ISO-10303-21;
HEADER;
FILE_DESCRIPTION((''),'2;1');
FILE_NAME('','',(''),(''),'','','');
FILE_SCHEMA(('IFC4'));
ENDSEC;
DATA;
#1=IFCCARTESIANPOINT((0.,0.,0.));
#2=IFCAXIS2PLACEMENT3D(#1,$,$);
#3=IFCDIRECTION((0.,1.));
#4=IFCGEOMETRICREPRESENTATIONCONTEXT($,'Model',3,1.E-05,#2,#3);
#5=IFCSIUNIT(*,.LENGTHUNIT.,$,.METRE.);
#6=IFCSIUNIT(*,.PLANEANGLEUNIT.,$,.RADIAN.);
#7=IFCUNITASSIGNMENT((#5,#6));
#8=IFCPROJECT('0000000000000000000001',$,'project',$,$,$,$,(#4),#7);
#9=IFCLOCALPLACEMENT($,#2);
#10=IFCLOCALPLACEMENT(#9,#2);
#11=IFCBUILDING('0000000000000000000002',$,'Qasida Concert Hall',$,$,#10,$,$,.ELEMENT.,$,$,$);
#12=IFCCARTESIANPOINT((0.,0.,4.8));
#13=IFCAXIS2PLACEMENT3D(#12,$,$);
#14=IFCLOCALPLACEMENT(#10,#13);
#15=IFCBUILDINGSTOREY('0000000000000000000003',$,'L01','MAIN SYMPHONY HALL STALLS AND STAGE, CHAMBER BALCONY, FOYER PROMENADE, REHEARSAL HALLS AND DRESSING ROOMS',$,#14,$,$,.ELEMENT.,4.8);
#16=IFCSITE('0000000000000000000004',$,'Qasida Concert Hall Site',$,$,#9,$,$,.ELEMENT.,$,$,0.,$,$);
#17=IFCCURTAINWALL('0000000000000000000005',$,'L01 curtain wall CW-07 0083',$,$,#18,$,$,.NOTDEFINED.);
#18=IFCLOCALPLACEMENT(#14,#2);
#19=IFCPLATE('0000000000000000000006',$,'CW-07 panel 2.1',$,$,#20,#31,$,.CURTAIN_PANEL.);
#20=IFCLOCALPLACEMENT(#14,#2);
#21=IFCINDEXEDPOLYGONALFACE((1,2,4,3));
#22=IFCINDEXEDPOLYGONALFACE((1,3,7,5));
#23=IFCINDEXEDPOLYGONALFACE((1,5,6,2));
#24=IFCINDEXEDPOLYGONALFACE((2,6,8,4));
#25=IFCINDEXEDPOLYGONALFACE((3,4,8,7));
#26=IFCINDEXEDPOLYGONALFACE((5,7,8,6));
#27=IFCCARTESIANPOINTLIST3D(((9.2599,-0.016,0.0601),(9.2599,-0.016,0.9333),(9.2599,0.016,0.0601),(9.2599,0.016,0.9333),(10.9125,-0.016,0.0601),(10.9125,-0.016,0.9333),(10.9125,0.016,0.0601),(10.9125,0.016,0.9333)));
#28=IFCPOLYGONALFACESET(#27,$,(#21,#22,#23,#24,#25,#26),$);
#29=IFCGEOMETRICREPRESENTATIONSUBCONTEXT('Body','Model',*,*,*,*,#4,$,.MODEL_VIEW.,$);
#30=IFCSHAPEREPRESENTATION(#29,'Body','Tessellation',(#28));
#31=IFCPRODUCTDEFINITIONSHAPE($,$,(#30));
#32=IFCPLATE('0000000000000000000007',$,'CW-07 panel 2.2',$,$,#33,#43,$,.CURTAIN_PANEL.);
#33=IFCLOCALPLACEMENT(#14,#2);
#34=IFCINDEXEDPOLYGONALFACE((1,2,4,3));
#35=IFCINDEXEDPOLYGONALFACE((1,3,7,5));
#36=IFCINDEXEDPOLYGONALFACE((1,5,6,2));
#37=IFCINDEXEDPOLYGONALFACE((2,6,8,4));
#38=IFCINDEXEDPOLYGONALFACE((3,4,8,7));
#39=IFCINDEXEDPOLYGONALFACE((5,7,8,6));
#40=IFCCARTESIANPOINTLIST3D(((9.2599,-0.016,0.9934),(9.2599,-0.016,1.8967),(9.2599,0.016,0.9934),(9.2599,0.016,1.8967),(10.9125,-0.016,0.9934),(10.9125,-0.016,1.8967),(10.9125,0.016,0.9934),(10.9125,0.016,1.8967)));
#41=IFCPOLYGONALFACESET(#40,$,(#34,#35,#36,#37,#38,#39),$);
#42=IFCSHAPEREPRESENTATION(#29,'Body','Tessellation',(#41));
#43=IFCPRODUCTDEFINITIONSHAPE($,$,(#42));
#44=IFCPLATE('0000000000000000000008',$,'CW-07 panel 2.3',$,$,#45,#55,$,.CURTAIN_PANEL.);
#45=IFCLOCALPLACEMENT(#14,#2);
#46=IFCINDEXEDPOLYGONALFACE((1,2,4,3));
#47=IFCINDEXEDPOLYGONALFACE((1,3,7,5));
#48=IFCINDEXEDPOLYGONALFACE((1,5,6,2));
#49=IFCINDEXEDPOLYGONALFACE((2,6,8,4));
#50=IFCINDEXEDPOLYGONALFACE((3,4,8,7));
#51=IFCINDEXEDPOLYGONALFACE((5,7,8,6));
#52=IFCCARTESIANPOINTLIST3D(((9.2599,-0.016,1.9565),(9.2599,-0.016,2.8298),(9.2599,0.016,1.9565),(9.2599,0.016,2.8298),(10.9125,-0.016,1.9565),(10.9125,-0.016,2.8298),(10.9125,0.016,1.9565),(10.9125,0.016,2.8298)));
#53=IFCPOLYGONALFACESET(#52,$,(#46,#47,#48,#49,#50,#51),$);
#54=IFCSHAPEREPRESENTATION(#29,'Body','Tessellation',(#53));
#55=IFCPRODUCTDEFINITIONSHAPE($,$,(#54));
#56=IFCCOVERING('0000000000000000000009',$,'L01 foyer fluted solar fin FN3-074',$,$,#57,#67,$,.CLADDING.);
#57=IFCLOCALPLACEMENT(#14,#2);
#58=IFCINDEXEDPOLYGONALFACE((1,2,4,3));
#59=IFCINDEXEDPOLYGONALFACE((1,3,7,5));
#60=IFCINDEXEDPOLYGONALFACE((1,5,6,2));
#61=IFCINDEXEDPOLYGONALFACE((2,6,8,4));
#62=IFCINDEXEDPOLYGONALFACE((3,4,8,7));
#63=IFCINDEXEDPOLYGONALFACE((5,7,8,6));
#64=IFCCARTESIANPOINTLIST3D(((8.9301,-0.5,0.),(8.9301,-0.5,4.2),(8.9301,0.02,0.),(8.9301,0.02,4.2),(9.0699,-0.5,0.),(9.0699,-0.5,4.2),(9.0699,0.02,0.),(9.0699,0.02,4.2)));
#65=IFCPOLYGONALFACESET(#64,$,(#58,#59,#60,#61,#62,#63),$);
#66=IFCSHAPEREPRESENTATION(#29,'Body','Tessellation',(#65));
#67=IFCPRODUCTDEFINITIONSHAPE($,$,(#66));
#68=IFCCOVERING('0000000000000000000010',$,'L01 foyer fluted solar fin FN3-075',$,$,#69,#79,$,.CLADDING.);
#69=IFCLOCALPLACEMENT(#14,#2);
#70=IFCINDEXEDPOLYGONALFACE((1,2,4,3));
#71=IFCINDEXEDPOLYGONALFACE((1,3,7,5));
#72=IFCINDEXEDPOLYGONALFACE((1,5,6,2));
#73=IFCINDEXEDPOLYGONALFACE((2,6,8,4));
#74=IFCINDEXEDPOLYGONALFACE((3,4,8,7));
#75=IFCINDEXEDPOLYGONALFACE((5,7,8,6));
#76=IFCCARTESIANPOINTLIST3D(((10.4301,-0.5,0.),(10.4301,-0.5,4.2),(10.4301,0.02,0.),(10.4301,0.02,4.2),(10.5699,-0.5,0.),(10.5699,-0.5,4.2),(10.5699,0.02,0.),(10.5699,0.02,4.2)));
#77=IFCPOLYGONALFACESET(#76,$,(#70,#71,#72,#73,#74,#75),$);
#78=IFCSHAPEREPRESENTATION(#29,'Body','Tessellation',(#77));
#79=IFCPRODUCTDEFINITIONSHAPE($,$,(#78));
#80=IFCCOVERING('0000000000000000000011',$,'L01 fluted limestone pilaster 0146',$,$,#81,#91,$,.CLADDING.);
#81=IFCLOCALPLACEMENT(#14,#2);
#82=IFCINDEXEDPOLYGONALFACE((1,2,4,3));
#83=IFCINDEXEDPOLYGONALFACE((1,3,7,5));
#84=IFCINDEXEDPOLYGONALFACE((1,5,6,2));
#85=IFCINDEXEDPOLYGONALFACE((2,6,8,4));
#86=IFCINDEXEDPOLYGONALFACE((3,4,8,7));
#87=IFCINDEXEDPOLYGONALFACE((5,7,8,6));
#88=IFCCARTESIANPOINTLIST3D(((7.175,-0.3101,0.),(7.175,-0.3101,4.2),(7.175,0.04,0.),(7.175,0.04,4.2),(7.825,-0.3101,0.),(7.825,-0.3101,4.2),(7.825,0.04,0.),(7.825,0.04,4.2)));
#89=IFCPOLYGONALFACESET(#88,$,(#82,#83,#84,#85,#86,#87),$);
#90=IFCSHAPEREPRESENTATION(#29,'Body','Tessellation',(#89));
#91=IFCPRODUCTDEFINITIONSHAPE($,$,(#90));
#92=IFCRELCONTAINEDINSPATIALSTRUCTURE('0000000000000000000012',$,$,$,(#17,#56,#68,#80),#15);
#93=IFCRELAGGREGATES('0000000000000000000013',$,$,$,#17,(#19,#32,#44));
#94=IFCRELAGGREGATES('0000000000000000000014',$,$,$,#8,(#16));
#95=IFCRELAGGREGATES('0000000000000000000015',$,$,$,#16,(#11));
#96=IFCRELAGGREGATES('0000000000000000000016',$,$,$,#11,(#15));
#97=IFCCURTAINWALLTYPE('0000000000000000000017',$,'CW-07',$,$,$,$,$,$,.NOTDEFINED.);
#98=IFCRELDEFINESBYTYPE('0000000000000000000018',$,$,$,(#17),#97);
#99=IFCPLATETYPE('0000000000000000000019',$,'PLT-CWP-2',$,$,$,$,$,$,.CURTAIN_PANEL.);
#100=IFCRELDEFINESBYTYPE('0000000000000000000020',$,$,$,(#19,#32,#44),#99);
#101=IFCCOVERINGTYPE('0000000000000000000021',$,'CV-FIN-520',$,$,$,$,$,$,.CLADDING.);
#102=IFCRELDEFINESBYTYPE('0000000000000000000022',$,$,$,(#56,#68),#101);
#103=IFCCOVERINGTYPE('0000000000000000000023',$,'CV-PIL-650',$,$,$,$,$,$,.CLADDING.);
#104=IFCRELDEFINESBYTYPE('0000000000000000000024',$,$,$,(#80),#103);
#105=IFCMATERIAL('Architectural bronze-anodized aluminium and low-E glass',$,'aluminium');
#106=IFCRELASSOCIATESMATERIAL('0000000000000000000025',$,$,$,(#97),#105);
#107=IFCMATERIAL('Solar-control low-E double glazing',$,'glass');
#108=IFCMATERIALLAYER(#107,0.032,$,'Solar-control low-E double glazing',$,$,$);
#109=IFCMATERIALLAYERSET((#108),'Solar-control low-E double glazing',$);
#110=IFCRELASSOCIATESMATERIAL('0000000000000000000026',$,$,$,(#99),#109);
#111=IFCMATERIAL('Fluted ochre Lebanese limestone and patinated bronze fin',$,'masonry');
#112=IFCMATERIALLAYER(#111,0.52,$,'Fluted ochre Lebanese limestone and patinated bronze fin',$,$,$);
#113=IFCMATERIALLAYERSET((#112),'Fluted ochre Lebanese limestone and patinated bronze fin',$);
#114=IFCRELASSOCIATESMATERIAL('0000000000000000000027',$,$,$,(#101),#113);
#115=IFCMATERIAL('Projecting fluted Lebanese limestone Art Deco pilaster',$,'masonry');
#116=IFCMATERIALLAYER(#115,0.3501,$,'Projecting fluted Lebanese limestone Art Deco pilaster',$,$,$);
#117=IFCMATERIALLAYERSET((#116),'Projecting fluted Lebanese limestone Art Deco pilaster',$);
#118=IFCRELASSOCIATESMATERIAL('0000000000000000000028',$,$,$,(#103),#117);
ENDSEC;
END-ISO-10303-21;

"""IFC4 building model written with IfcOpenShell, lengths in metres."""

from ifc_helpers import new_model, si_unit, direction, frame, origin, origin_2d, place, context, subcontext, project, spatial, rectangle, extrude, material, layer, layer_set, type_object, element, aggregate, save


model = new_model("IFC4")

# Units and contexts
model_context = context("Model", 3, precision=1e-05, world=origin(), true_north=direction((0.0, 1.0)))
body_context = subcontext(model_context, "Body", "Model", "MODEL_VIEW")
ifc_project = project(units=[si_unit("LENGTHUNIT", "METRE"), si_unit("PLANEANGLEUNIT", "RADIAN")], contexts=[model_context])

# Site, building, storey
site_placement = place(None, origin())
site = spatial("IfcSite", under=ifc_project, at=site_placement, Name="Qasida Concert Hall Site", CompositionType="ELEMENT", RefElevation=0.0)
building_placement = place(site_placement, origin())
building = spatial("IfcBuilding", under=site, at=building_placement, Name="Qasida Concert Hall", CompositionType="ELEMENT")
storey_placement = place(building_placement, frame((0.0, 0.0, 4.8)))
storey = spatial("IfcBuildingStorey", under=building, at=storey_placement, Name="L01", Description="MAIN SYMPHONY HALL STALLS AND STAGE, CHAMBER BALCONY, FOYER PROMENADE, REHEARSAL HALLS AND DRESSING ROOMS", CompositionType="ELEMENT", Elevation=4.8)

# Shared definitions
ifc_material_1 = material(Name="Architectural bronze-anodized aluminium and low-E glass", Category="aluminium")
curtain_wall_type = type_object("IfcCurtainWallType", Name="CW-07", PredefinedType="NOTDEFINED", material=ifc_material_1)

# Curtain wall
curtain_wall_1_placement = place(storey_placement, origin())
curtain_wall_1 = element("IfcCurtainWall", 1, at=curtain_wall_1_placement, inside=storey, type_object=curtain_wall_type, Name="L01 curtain wall CW-07 0083", PredefinedType="NOTDEFINED")

# Plates
ifc_material_2 = material(Name="Solar-control low-E double glazing", Category="glass")
ifc_layer_1 = layer(ifc_material_2, 0.032, Name="Solar-control low-E double glazing")
ifc_layer_set_1 = layer_set([ifc_layer_1], Name="Solar-control low-E double glazing")
plate_type = type_object("IfcPlateType", Name="PLT-CWP-2", PredefinedType="CURTAIN_PANEL", material=ifc_layer_set_1)
plate_1_placement = place(storey_placement, frame((10.0862, 0.0, 0.0601), z_axis=(0.0, 0.0, 1.0), x_axis=(1.0, 0.0, 0.0)))
plate_1 = element("IfcPlate", 2, at=plate_1_placement, type_object=plate_type, Name="CW-07 panel 2.1", PredefinedType="CURTAIN_PANEL", context=body_context, shape_type="SweptSolid", body=[
    extrude(rectangle(XDim=1.6526, YDim=0.032, at=origin_2d()), origin(), (0.0, 0.0, 1.0), 0.8733),
])
plate_2_placement = place(storey_placement, frame((10.0862, 0.0, 0.9934), z_axis=(0.0, 0.0, 1.0), x_axis=(1.0, 0.0, 0.0)))
plate_2 = element("IfcPlate", 3, at=plate_2_placement, type_object=plate_type, Name="CW-07 panel 2.2", PredefinedType="CURTAIN_PANEL", context=body_context, shape_type="SweptSolid", body=[
    extrude(rectangle(XDim=1.6526, YDim=0.032, at=origin_2d()), origin(), (0.0, 0.0, 1.0), 0.9033),
])
plate_3_placement = place(storey_placement, frame((10.0862, 0.0, 1.9565), z_axis=(0.0, 0.0, 1.0), x_axis=(1.0, 0.0, 0.0)))
plate_3 = element("IfcPlate", 4, at=plate_3_placement, type_object=plate_type, Name="CW-07 panel 2.3", PredefinedType="CURTAIN_PANEL", context=body_context, shape_type="SweptSolid", body=[
    extrude(rectangle(XDim=1.6526, YDim=0.032, at=origin_2d()), origin(), (0.0, 0.0, 1.0), 0.8733),
])
aggregate(curtain_wall_1, [plate_1, plate_2, plate_3])

# Coverings
ifc_material_3 = material(Name="Fluted ochre Lebanese limestone and patinated bronze fin", Category="masonry")
ifc_layer_2 = layer(ifc_material_3, 0.52, Name="Fluted ochre Lebanese limestone and patinated bronze fin")
ifc_layer_set_2 = layer_set([ifc_layer_2], Name="Fluted ochre Lebanese limestone and patinated bronze fin")
covering_type_1 = type_object("IfcCoveringType", Name="CV-FIN-520", PredefinedType="CLADDING", material=ifc_layer_set_2)
for number, where, z_axis, x_axis, name in (
    (5, (9.0, -0.24, 0.0), (0.0, 0.0, 1.0), (1.0, 0.0, 0.0), "L01 foyer fluted solar fin FN3-074"),
    (6, (10.5, -0.24, 0.0), (0.0, 0.0, 1.0), (1.0, 0.0, 0.0), "L01 foyer fluted solar fin FN3-075"),
):
    element("IfcCovering", number, at=place(storey_placement, frame(where, z_axis=z_axis, x_axis=x_axis)), inside=storey, type_object=covering_type_1, Name=name, PredefinedType="CLADDING", context=body_context, shape_type="SweptSolid", body=[
        extrude(rectangle(XDim=0.1399, YDim=0.52, at=origin_2d()), origin(), (0.0, 0.0, 1.0), 4.2),
    ])
ifc_material_4 = material(Name="Projecting fluted Lebanese limestone Art Deco pilaster", Category="masonry")
ifc_layer_3 = layer(ifc_material_4, 0.3501, Name="Projecting fluted Lebanese limestone Art Deco pilaster")
ifc_layer_set_3 = layer_set([ifc_layer_3], Name="Projecting fluted Lebanese limestone Art Deco pilaster")
covering_type_2 = type_object("IfcCoveringType", Name="CV-PIL-650", PredefinedType="CLADDING", material=ifc_layer_set_3)
covering_placement = place(storey_placement, frame((7.5, -0.135, 0.0), z_axis=(0.0, 0.0, 1.0), x_axis=(1.0, 0.0, 0.0)))
element("IfcCovering", 7, at=covering_placement, inside=storey, type_object=covering_type_2, Name="L01 fluted limestone pilaster 0146", PredefinedType="CLADDING", context=body_context, shape_type="SweptSolid", body=[
    extrude(rectangle(XDim=0.6499, YDim=0.3501, at=origin_2d()), origin(), (0.0, 0.0, 1.0), 4.2),
])

save(model, "model.ifc")
